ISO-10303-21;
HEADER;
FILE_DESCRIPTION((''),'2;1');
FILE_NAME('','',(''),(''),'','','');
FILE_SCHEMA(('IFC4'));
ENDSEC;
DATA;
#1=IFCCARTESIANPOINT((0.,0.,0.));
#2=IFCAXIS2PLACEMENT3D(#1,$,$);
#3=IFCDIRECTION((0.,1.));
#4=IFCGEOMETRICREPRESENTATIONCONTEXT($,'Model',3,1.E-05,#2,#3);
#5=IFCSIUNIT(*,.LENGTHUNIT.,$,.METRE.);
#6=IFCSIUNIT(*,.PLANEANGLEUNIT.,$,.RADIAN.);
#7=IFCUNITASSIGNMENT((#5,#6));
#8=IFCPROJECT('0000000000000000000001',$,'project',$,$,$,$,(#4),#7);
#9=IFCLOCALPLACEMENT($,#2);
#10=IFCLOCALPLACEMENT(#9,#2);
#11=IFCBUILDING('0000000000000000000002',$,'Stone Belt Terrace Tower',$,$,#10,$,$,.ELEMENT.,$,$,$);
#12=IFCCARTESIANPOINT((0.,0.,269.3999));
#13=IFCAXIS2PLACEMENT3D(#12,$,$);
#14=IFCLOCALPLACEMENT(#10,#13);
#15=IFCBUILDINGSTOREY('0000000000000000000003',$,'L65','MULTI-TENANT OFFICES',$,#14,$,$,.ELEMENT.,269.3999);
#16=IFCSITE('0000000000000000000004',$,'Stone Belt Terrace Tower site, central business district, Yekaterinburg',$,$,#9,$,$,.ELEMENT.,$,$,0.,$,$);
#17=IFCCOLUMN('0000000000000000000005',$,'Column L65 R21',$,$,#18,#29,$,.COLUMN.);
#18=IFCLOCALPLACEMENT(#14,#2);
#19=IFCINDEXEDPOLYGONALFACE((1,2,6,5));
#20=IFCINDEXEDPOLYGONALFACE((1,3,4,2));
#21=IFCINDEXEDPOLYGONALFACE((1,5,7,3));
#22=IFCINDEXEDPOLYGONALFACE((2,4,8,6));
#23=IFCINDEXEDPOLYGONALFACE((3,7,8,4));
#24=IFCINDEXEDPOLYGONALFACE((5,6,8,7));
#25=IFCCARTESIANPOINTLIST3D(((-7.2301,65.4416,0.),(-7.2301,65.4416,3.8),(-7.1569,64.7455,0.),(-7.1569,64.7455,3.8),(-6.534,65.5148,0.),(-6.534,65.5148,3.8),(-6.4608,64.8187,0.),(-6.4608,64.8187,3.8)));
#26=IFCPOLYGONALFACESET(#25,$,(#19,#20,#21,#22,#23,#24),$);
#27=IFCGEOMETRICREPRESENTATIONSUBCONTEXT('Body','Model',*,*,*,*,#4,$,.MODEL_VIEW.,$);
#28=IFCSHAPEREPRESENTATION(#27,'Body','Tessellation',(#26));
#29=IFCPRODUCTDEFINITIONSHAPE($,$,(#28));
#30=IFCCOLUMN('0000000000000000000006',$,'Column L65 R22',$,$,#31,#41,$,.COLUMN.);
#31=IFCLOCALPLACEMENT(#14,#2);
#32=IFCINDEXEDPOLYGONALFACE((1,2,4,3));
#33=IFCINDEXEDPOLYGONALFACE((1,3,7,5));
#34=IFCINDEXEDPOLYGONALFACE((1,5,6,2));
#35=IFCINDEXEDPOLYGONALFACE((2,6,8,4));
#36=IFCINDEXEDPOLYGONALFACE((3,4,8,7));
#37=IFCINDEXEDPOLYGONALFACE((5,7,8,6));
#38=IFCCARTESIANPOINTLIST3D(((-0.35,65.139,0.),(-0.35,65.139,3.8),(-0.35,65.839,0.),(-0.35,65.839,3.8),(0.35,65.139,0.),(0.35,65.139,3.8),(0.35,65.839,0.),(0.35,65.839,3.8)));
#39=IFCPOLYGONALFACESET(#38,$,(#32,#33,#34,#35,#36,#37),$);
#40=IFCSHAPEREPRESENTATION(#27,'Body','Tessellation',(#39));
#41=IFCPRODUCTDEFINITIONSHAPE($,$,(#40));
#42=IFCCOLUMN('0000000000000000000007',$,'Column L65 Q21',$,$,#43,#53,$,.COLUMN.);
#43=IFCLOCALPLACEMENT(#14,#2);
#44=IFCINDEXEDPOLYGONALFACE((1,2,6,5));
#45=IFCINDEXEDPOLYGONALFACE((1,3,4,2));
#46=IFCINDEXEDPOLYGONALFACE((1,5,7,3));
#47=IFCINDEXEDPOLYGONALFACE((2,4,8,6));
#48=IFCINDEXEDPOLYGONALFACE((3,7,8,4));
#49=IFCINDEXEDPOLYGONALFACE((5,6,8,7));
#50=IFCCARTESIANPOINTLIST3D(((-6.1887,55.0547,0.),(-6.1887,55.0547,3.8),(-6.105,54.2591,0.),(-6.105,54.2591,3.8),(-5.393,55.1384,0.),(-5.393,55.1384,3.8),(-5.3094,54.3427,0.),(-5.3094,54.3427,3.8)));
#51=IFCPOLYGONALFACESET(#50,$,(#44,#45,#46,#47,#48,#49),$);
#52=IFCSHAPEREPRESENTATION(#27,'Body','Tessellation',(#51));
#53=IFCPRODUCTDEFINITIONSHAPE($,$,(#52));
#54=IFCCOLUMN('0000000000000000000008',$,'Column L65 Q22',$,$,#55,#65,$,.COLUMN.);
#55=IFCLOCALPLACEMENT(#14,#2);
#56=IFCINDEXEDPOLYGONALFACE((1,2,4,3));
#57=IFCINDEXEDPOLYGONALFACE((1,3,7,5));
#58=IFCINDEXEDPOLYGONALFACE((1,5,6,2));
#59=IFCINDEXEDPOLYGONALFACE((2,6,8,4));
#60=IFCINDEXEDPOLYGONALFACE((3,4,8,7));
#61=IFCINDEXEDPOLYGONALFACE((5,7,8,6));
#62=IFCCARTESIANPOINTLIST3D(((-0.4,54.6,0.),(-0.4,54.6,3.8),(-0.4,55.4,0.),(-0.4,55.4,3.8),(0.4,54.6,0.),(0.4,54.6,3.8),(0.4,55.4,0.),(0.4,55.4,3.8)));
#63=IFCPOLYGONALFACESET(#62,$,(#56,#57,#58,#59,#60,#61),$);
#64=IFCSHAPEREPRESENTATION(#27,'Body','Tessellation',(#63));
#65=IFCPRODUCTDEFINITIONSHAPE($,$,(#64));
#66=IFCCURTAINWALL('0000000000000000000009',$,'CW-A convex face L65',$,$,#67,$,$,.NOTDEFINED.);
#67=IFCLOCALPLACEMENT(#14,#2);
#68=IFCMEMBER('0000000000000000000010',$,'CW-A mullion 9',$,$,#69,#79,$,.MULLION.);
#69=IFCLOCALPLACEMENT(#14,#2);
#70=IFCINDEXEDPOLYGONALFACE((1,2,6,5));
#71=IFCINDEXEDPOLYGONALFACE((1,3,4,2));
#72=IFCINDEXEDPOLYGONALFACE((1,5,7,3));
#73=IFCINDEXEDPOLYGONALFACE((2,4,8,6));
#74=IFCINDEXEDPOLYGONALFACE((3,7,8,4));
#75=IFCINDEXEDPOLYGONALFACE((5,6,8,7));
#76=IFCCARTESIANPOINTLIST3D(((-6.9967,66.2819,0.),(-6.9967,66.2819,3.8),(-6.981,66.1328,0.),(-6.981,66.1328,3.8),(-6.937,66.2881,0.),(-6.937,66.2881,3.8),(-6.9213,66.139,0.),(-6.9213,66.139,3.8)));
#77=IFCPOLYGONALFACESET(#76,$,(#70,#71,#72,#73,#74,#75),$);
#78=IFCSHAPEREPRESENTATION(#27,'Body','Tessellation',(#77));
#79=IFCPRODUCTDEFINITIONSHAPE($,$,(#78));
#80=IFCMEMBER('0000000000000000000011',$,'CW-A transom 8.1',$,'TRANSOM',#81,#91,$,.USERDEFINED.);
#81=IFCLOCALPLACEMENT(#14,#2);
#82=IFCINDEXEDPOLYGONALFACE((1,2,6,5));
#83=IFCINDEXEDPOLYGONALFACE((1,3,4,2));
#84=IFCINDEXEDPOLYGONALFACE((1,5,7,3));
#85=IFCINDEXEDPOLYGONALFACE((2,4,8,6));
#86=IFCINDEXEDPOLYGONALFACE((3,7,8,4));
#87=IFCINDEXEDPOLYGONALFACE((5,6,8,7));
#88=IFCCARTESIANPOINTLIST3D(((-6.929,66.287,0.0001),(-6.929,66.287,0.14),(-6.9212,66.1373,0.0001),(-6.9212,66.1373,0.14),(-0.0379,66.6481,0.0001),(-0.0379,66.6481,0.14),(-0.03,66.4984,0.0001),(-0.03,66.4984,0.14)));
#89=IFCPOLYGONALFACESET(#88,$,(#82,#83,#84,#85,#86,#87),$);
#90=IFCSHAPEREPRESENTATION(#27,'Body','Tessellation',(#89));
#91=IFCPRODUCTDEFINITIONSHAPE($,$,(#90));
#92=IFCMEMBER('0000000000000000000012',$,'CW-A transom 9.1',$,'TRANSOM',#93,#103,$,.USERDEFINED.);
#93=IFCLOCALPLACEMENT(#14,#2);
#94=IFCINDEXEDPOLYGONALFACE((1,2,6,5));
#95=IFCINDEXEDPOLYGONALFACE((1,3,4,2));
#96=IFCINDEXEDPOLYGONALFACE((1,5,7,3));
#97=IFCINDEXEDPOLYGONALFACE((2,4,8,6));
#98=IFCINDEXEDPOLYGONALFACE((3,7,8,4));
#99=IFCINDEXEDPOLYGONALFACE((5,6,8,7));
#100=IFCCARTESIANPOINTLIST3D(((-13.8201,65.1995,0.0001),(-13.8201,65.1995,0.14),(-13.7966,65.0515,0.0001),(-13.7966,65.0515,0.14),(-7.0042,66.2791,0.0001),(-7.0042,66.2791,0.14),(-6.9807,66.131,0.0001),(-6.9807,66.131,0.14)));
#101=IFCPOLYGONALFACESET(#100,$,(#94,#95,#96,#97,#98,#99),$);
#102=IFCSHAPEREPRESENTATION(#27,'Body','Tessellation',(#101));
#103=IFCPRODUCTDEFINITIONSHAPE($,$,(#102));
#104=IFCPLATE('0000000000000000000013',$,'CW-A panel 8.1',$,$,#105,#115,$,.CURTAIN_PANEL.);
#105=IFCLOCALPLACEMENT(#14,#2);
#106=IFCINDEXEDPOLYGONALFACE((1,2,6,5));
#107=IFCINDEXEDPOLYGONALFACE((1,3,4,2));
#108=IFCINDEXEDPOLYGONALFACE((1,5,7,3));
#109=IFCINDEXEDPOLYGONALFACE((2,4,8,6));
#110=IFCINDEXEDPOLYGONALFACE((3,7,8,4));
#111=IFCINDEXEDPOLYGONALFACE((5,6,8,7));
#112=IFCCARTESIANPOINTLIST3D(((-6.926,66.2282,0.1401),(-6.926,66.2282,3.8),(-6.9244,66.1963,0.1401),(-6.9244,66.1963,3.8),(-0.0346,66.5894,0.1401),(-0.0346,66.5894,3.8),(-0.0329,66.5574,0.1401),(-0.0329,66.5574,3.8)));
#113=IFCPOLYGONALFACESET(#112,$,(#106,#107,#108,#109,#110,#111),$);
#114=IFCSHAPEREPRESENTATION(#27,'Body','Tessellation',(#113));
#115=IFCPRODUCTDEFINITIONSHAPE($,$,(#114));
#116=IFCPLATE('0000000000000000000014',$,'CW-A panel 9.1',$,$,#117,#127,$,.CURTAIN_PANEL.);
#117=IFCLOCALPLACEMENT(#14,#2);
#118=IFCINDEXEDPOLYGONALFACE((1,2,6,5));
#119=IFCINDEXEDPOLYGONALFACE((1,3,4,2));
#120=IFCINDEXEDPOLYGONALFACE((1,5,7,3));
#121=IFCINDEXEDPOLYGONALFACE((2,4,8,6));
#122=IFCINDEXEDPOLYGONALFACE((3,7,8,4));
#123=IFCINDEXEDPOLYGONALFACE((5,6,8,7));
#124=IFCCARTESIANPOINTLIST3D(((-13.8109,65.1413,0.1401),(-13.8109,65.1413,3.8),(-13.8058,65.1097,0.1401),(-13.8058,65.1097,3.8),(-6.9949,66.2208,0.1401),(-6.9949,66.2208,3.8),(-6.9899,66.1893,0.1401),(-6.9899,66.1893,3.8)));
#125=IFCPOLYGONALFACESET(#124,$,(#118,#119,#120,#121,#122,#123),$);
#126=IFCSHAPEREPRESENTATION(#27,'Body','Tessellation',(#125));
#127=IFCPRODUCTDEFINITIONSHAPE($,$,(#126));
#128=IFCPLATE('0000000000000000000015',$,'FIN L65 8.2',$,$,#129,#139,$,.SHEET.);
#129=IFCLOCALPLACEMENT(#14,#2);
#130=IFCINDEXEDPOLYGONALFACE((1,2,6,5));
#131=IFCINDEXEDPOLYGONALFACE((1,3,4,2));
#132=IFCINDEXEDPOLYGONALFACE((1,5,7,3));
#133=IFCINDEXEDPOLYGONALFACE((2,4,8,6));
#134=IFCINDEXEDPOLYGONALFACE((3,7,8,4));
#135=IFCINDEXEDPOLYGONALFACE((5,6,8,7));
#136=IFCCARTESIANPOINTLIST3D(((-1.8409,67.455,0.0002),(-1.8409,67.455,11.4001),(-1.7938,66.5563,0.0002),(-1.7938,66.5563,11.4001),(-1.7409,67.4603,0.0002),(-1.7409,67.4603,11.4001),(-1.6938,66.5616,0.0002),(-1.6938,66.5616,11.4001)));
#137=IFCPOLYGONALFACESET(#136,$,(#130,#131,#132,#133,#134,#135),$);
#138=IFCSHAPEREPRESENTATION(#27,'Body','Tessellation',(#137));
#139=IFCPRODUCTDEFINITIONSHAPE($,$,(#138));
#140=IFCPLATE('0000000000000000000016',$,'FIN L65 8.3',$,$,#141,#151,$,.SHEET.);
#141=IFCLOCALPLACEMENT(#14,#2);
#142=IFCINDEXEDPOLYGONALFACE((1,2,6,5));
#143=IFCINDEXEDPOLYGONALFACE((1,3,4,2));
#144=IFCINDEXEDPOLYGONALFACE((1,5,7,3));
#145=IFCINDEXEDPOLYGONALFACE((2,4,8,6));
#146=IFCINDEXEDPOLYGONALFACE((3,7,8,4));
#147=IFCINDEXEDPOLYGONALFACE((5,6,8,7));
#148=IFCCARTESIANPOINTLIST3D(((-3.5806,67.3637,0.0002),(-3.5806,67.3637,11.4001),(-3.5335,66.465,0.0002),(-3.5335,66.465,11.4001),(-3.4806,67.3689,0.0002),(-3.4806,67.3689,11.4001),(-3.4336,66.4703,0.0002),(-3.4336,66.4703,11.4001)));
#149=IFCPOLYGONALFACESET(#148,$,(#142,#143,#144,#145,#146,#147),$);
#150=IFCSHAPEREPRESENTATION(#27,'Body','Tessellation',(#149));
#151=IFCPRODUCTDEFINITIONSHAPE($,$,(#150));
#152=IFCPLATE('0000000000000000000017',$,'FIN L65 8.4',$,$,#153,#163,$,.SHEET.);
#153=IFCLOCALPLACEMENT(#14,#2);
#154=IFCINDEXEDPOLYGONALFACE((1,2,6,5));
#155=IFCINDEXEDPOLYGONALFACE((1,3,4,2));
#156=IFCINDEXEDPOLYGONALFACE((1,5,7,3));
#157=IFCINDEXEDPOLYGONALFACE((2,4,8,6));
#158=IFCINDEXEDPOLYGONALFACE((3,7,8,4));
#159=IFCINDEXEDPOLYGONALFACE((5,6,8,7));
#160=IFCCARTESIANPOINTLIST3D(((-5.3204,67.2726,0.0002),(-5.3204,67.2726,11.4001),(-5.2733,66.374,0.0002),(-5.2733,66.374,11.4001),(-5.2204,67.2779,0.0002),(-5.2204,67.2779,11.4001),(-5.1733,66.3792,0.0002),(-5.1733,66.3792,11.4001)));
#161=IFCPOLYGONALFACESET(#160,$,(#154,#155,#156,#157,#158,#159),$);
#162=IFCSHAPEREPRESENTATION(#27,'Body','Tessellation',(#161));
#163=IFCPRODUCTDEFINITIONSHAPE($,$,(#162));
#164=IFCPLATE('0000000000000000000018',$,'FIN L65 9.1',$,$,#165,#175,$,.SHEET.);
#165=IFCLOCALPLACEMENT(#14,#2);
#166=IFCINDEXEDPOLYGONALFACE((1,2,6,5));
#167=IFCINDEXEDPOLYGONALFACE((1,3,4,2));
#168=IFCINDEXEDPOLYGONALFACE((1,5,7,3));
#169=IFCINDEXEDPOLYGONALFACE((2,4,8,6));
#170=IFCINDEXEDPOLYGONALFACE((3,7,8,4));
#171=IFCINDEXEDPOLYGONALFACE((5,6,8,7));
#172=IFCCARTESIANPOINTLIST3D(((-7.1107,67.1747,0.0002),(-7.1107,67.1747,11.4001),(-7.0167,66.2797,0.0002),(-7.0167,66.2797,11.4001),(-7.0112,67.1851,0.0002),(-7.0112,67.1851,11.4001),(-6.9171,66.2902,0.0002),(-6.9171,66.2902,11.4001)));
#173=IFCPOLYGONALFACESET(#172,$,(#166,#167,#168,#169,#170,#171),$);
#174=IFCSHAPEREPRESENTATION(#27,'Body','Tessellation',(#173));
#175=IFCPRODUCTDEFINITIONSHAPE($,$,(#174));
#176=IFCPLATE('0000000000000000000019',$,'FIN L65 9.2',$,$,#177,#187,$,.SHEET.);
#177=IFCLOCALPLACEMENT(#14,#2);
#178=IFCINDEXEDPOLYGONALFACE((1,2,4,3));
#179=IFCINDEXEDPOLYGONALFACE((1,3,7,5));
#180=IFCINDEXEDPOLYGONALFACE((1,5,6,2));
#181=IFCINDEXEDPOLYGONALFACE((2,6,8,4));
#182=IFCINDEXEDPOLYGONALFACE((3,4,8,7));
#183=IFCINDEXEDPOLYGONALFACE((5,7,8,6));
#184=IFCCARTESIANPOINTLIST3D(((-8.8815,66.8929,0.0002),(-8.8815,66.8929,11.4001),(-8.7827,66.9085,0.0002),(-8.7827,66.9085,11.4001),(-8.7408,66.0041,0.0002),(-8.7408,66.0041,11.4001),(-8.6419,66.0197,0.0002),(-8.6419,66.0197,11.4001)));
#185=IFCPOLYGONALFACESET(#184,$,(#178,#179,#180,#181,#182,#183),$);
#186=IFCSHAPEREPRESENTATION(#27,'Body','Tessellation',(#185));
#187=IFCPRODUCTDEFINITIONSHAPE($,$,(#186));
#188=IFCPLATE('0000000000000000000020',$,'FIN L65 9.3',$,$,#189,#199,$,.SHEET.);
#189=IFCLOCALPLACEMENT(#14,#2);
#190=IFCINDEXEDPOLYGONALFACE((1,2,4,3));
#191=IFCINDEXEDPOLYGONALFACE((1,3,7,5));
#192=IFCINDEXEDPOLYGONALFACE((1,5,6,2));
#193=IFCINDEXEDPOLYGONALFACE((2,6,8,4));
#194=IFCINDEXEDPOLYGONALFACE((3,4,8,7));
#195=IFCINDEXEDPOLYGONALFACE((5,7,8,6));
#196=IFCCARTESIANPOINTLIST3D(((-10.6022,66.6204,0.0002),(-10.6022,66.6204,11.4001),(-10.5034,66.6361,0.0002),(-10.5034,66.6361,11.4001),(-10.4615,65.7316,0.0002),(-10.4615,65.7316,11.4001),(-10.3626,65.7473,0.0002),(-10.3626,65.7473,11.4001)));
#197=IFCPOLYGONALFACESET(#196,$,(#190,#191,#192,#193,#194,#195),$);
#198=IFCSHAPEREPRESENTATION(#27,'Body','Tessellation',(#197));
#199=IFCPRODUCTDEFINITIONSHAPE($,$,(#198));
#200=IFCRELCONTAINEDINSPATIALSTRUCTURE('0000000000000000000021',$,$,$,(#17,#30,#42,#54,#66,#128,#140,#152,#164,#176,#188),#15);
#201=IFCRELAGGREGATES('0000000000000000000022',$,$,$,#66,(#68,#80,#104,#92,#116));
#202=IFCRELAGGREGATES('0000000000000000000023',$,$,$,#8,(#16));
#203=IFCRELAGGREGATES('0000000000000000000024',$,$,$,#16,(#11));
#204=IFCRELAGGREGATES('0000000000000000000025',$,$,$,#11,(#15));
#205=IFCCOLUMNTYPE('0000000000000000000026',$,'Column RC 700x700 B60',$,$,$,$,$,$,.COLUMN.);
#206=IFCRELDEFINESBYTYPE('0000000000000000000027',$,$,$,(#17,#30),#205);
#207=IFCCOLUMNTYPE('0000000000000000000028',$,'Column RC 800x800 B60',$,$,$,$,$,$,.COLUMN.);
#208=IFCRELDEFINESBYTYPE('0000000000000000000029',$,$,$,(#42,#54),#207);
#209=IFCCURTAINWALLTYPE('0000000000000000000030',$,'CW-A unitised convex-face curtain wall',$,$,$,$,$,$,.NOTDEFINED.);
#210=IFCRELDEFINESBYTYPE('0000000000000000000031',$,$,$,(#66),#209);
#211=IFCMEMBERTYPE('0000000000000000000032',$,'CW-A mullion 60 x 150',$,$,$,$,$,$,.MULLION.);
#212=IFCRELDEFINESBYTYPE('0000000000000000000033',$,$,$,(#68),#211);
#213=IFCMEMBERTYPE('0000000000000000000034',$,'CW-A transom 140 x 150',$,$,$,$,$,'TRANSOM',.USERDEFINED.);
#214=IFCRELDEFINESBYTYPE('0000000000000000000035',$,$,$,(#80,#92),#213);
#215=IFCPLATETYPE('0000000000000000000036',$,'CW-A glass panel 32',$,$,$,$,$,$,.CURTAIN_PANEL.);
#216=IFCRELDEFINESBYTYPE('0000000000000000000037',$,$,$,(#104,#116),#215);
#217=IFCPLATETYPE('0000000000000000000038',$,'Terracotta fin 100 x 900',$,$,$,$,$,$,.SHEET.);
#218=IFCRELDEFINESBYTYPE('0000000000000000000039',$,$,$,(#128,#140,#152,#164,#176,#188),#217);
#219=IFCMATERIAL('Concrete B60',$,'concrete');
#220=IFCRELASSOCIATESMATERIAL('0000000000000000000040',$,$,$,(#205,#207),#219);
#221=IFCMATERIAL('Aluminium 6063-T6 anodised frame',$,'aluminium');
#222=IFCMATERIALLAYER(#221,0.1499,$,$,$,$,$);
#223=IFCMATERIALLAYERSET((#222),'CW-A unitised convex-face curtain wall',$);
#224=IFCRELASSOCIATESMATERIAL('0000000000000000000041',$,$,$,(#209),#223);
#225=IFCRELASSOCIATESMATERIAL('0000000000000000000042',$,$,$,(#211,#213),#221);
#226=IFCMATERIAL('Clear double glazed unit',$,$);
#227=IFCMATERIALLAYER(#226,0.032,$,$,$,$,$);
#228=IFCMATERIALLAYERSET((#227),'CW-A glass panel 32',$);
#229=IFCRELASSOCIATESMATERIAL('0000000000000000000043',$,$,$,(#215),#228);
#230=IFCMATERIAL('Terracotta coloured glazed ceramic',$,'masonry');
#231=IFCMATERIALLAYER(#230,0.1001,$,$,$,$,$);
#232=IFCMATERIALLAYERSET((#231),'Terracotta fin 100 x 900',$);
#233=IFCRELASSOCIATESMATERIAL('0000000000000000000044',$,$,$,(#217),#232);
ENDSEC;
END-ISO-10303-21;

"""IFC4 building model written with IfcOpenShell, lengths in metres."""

from ifc_helpers import new_model, si_unit, direction, frame, origin, origin_2d, place, context, subcontext, project, spatial, rectangle, extrude, material, layer, layer_set, material_profile, profile_set, type_object, element, aggregate, save


model = new_model("IFC4")

# Units and contexts
model_context = context("Model", 3, precision=1e-05, world=origin(), true_north=direction((0.0, 1.0)))
body_context = subcontext(model_context, "Body", "Model", "MODEL_VIEW")
ifc_project = project(units=[si_unit("LENGTHUNIT", "METRE"), si_unit("PLANEANGLEUNIT", "RADIAN")], contexts=[model_context])

# Site, building, storey
site_placement = place(None, origin())
site = spatial("IfcSite", under=ifc_project, at=site_placement, Name="Stone Belt Terrace Tower site, central business district, Yekaterinburg", CompositionType="ELEMENT", RefElevation=0.0)
building_placement = place(site_placement, origin())
building = spatial("IfcBuilding", under=site, at=building_placement, Name="Stone Belt Terrace Tower", CompositionType="ELEMENT")
storey_placement = place(building_placement, frame((0.0, 0.0, 269.3999)))
storey = spatial("IfcBuildingStorey", under=building, at=storey_placement, Name="L65", Description="MULTI-TENANT OFFICES", CompositionType="ELEMENT", Elevation=269.3999)

# Columns
ifc_material_1 = material(Name="Concrete B60", Category="concrete")
ifc_material_profile_1 = material_profile(ifc_material_1, rectangle(XDim=0.7, YDim=0.7, at=origin_2d()), Name="RC 700x700")
ifc_profile_set_1 = profile_set([ifc_material_profile_1], Name="Concrete B60")
column_type_1 = type_object("IfcColumnType", Name="Column RC 700x700 B60", PredefinedType="COLUMN", material=ifc_profile_set_1)
for number, where, z_axis, x_axis, name in (
    (1, (-6.8455, 65.1301, 0.0), (0.0, 0.0, 1.0), (0.994522, 0.104528, 0.0), "Column L65 R21"),
    (2, (0.0, 65.489, 0.0), (0.0, 0.0, 1.0), (1.0, 0.0, 0.0), "Column L65 R22"),
):
    element("IfcColumn", number, at=place(storey_placement, frame(where, z_axis=z_axis, x_axis=x_axis)), inside=storey, type_object=column_type_1, Name=name, PredefinedType="COLUMN", context=body_context, shape_type="SweptSolid", body=[
        extrude(rectangle(XDim=0.7, YDim=0.7, at=origin_2d()), origin(), (0.0, 0.0, 1.0), 3.8),
    ])
ifc_material_profile_2 = material_profile(ifc_material_1, rectangle(XDim=0.8, YDim=0.8, at=origin_2d()), Name="RC 800x800")
ifc_profile_set_2 = profile_set([ifc_material_profile_2], Name="Concrete B60")
column_type_2 = type_object("IfcColumnType", Name="Column RC 800x800 B60", PredefinedType="COLUMN", material=ifc_profile_set_2)
for number, where, z_axis, x_axis, name in (
    (3, (-5.749, 54.6987, 0.0), (0.0, 0.0, 1.0), (0.994522, 0.104528, 0.0), "Column L65 Q21"),
    (4, (0.0, 55.0, 0.0), (0.0, 0.0, 1.0), (1.0, 0.0, 0.0), "Column L65 Q22"),
):
    element("IfcColumn", number, at=place(storey_placement, frame(where, z_axis=z_axis, x_axis=x_axis)), inside=storey, type_object=column_type_2, Name=name, PredefinedType="COLUMN", context=body_context, shape_type="SweptSolid", body=[
        extrude(rectangle(XDim=0.8, YDim=0.8, at=origin_2d()), origin(), (0.0, 0.0, 1.0), 3.8),
    ])

# Curtain wall, members, plates
ifc_material_2 = material(Name="Aluminium 6063-T6 anodised frame", Category="aluminium")
ifc_layer_1 = layer(ifc_material_2, 0.1499)
ifc_layer_set_1 = layer_set([ifc_layer_1], Name="CW-A unitised convex-face curtain wall")
curtain_wall_type = type_object("IfcCurtainWallType", Name="CW-A unitised convex-face curtain wall", PredefinedType="NOTDEFINED", material=ifc_layer_set_1)
curtain_wall_placement = place(storey_placement, origin())
curtain_wall = element("IfcCurtainWall", 5, at=curtain_wall_placement, inside=storey, type_object=curtain_wall_type, Name="CW-A convex face L65", PredefinedType="NOTDEFINED")
ifc_material_profile_3 = material_profile(ifc_material_2, rectangle(XDim=0.1499, YDim=0.0601, at=origin_2d()), Name="Aluminium 6063-T6 60x150")
ifc_profile_set_3 = profile_set([ifc_material_profile_3], Name="Aluminium 6063-T6 anodised frame")
member_type_1 = type_object("IfcMemberType", Name="CW-A mullion 60 x 150", PredefinedType="MULLION", material=ifc_profile_set_3)
member_1_placement = place(storey_placement, frame((-6.959, 66.2104, 0.0), z_axis=(0.0, 0.0, 1.0), x_axis=(0.104528, -0.994522, 0.0)))
member_1 = element("IfcMember", 6, at=member_1_placement, type_object=member_type_1, Name="CW-A mullion 9", PredefinedType="MULLION", context=body_context, shape_type="SweptSolid", body=[
    extrude(rectangle(XDim=0.1499, YDim=0.0601, at=origin_2d()), origin(), (0.0, 0.0, 1.0), 3.8),
])
ifc_material_profile_4 = material_profile(ifc_material_2, rectangle(XDim=0.1499, YDim=0.1399, at=origin_2d()), Name="Aluminium 6063-T6 150x140")
ifc_profile_set_4 = profile_set([ifc_material_profile_4], Name="Aluminium 6063-T6 anodised frame")
member_type_2 = type_object("IfcMemberType", Name="CW-A transom 140 x 150", ElementType="TRANSOM", PredefinedType="USERDEFINED", material=ifc_profile_set_4)
member_2_placement = place(storey_placement, frame((-0.0339, 66.5732, 0.0701), z_axis=(-0.99863, -0.052327, 0.0), x_axis=(0.052327, -0.99863, 0.0)))
member_2 = element("IfcMember", 7, at=member_2_placement, type_object=member_type_2, Name="CW-A transom 8.1", ObjectType="TRANSOM", PredefinedType="USERDEFINED", context=body_context, shape_type="SweptSolid", body=[
    extrude(rectangle(XDim=0.1499, YDim=0.1399, at=origin_2d()), origin(), (0.0, 0.0, 1.0), 6.9006),
])
member_3_placement = place(storey_placement, frame((-6.9924, 66.2051, 0.0701), z_axis=(-0.987687, -0.156442, 0.0), x_axis=(0.156442, -0.987687, 0.0)))
member_3 = element("IfcMember", 8, at=member_3_placement, type_object=member_type_2, Name="CW-A transom 9.1", ObjectType="TRANSOM", PredefinedType="USERDEFINED", context=body_context, shape_type="SweptSolid", body=[
    extrude(rectangle(XDim=0.1499, YDim=0.1399, at=origin_2d()), origin(), (0.0, 0.0, 1.0), 6.9009),
])
ifc_material_3 = material(Name="Clear double glazed unit")
ifc_layer_2 = layer(ifc_material_3, 0.032)
ifc_layer_set_2 = layer_set([ifc_layer_2], Name="CW-A glass panel 32")
plate_type_1 = type_object("IfcPlateType", Name="CW-A glass panel 32", PredefinedType="CURTAIN_PANEL", material=ifc_layer_set_2)
plate_1_placement = place(storey_placement, frame((-3.4795, 66.3928, 0.1401), z_axis=(0.0, 0.0, 1.0), x_axis=(-0.99863, -0.052336, 0.0)))
plate_1 = element("IfcPlate", 9, at=plate_1_placement, type_object=plate_type_1, Name="CW-A panel 8.1", PredefinedType="CURTAIN_PANEL", context=body_context, shape_type="SweptSolid", body=[
    extrude(rectangle(XDim=6.9009, YDim=0.032, at=origin_2d()), origin(), (0.0, 0.0, 1.0), 3.6599),
])
plate_2_placement = place(storey_placement, frame((-10.4004, 65.6653, 0.1401), z_axis=(0.0, 0.0, 1.0), x_axis=(-0.987688, -0.156434, 0.0)))
plate_2 = element("IfcPlate", 10, at=plate_2_placement, type_object=plate_type_1, Name="CW-A panel 9.1", PredefinedType="CURTAIN_PANEL", context=body_context, shape_type="SweptSolid", body=[
    extrude(rectangle(XDim=6.9009, YDim=0.032, at=origin_2d()), origin(), (0.0, 0.0, 1.0), 3.6599),
])
aggregate(curtain_wall, [member_1, member_2, plate_1, member_3, plate_2])

# Plates
ifc_material_4 = material(Name="Terracotta coloured glazed ceramic", Category="masonry")
ifc_layer_3 = layer(ifc_material_4, 0.1001)
ifc_layer_set_3 = layer_set([ifc_layer_3], Name="Terracotta fin 100 x 900")
plate_type_2 = type_object("IfcPlateType", Name="Terracotta fin 100 x 900", PredefinedType="SHEET", material=ifc_layer_set_3)
for number, where, z_axis, x_axis, name in (
    (11, (-1.7673, 67.0083, 0.0002), (0.0, 0.0, 1.0), (-0.052336, 0.99863, 0.0), "FIN L65 8.2"),
    (12, (-3.5071, 66.917, 0.0002), (0.0, 0.0, 1.0), (-0.052336, 0.99863, 0.0), "FIN L65 8.3"),
    (13, (-5.2468, 66.8259, 0.0002), (0.0, 0.0, 1.0), (-0.052336, 0.99863, 0.0), "FIN L65 8.4"),
    (14, (-7.0139, 66.7324, 0.0002), (0.0, 0.0, 1.0), (-0.104528, 0.994522, 0.0), "FIN L65 9.1"),
    (15, (-8.7617, 66.4563, 0.0002), (0.0, 0.0, 1.0), (-0.156434, 0.987688, 0.0), "FIN L65 9.2"),
    (16, (-10.4824, 66.1838, 0.0002), (0.0, 0.0, 1.0), (-0.156434, 0.987688, 0.0), "FIN L65 9.3"),
):
    element("IfcPlate", number, at=place(storey_placement, frame(where, z_axis=z_axis, x_axis=x_axis)), inside=storey, type_object=plate_type_2, Name=name, PredefinedType="SHEET", context=body_context, shape_type="SweptSolid", body=[
        extrude(rectangle(XDim=0.8999, YDim=0.1001, at=origin_2d()), origin(), (0.0, 0.0, 1.0), 11.3999),
    ])

save(model, "model.ifc")
